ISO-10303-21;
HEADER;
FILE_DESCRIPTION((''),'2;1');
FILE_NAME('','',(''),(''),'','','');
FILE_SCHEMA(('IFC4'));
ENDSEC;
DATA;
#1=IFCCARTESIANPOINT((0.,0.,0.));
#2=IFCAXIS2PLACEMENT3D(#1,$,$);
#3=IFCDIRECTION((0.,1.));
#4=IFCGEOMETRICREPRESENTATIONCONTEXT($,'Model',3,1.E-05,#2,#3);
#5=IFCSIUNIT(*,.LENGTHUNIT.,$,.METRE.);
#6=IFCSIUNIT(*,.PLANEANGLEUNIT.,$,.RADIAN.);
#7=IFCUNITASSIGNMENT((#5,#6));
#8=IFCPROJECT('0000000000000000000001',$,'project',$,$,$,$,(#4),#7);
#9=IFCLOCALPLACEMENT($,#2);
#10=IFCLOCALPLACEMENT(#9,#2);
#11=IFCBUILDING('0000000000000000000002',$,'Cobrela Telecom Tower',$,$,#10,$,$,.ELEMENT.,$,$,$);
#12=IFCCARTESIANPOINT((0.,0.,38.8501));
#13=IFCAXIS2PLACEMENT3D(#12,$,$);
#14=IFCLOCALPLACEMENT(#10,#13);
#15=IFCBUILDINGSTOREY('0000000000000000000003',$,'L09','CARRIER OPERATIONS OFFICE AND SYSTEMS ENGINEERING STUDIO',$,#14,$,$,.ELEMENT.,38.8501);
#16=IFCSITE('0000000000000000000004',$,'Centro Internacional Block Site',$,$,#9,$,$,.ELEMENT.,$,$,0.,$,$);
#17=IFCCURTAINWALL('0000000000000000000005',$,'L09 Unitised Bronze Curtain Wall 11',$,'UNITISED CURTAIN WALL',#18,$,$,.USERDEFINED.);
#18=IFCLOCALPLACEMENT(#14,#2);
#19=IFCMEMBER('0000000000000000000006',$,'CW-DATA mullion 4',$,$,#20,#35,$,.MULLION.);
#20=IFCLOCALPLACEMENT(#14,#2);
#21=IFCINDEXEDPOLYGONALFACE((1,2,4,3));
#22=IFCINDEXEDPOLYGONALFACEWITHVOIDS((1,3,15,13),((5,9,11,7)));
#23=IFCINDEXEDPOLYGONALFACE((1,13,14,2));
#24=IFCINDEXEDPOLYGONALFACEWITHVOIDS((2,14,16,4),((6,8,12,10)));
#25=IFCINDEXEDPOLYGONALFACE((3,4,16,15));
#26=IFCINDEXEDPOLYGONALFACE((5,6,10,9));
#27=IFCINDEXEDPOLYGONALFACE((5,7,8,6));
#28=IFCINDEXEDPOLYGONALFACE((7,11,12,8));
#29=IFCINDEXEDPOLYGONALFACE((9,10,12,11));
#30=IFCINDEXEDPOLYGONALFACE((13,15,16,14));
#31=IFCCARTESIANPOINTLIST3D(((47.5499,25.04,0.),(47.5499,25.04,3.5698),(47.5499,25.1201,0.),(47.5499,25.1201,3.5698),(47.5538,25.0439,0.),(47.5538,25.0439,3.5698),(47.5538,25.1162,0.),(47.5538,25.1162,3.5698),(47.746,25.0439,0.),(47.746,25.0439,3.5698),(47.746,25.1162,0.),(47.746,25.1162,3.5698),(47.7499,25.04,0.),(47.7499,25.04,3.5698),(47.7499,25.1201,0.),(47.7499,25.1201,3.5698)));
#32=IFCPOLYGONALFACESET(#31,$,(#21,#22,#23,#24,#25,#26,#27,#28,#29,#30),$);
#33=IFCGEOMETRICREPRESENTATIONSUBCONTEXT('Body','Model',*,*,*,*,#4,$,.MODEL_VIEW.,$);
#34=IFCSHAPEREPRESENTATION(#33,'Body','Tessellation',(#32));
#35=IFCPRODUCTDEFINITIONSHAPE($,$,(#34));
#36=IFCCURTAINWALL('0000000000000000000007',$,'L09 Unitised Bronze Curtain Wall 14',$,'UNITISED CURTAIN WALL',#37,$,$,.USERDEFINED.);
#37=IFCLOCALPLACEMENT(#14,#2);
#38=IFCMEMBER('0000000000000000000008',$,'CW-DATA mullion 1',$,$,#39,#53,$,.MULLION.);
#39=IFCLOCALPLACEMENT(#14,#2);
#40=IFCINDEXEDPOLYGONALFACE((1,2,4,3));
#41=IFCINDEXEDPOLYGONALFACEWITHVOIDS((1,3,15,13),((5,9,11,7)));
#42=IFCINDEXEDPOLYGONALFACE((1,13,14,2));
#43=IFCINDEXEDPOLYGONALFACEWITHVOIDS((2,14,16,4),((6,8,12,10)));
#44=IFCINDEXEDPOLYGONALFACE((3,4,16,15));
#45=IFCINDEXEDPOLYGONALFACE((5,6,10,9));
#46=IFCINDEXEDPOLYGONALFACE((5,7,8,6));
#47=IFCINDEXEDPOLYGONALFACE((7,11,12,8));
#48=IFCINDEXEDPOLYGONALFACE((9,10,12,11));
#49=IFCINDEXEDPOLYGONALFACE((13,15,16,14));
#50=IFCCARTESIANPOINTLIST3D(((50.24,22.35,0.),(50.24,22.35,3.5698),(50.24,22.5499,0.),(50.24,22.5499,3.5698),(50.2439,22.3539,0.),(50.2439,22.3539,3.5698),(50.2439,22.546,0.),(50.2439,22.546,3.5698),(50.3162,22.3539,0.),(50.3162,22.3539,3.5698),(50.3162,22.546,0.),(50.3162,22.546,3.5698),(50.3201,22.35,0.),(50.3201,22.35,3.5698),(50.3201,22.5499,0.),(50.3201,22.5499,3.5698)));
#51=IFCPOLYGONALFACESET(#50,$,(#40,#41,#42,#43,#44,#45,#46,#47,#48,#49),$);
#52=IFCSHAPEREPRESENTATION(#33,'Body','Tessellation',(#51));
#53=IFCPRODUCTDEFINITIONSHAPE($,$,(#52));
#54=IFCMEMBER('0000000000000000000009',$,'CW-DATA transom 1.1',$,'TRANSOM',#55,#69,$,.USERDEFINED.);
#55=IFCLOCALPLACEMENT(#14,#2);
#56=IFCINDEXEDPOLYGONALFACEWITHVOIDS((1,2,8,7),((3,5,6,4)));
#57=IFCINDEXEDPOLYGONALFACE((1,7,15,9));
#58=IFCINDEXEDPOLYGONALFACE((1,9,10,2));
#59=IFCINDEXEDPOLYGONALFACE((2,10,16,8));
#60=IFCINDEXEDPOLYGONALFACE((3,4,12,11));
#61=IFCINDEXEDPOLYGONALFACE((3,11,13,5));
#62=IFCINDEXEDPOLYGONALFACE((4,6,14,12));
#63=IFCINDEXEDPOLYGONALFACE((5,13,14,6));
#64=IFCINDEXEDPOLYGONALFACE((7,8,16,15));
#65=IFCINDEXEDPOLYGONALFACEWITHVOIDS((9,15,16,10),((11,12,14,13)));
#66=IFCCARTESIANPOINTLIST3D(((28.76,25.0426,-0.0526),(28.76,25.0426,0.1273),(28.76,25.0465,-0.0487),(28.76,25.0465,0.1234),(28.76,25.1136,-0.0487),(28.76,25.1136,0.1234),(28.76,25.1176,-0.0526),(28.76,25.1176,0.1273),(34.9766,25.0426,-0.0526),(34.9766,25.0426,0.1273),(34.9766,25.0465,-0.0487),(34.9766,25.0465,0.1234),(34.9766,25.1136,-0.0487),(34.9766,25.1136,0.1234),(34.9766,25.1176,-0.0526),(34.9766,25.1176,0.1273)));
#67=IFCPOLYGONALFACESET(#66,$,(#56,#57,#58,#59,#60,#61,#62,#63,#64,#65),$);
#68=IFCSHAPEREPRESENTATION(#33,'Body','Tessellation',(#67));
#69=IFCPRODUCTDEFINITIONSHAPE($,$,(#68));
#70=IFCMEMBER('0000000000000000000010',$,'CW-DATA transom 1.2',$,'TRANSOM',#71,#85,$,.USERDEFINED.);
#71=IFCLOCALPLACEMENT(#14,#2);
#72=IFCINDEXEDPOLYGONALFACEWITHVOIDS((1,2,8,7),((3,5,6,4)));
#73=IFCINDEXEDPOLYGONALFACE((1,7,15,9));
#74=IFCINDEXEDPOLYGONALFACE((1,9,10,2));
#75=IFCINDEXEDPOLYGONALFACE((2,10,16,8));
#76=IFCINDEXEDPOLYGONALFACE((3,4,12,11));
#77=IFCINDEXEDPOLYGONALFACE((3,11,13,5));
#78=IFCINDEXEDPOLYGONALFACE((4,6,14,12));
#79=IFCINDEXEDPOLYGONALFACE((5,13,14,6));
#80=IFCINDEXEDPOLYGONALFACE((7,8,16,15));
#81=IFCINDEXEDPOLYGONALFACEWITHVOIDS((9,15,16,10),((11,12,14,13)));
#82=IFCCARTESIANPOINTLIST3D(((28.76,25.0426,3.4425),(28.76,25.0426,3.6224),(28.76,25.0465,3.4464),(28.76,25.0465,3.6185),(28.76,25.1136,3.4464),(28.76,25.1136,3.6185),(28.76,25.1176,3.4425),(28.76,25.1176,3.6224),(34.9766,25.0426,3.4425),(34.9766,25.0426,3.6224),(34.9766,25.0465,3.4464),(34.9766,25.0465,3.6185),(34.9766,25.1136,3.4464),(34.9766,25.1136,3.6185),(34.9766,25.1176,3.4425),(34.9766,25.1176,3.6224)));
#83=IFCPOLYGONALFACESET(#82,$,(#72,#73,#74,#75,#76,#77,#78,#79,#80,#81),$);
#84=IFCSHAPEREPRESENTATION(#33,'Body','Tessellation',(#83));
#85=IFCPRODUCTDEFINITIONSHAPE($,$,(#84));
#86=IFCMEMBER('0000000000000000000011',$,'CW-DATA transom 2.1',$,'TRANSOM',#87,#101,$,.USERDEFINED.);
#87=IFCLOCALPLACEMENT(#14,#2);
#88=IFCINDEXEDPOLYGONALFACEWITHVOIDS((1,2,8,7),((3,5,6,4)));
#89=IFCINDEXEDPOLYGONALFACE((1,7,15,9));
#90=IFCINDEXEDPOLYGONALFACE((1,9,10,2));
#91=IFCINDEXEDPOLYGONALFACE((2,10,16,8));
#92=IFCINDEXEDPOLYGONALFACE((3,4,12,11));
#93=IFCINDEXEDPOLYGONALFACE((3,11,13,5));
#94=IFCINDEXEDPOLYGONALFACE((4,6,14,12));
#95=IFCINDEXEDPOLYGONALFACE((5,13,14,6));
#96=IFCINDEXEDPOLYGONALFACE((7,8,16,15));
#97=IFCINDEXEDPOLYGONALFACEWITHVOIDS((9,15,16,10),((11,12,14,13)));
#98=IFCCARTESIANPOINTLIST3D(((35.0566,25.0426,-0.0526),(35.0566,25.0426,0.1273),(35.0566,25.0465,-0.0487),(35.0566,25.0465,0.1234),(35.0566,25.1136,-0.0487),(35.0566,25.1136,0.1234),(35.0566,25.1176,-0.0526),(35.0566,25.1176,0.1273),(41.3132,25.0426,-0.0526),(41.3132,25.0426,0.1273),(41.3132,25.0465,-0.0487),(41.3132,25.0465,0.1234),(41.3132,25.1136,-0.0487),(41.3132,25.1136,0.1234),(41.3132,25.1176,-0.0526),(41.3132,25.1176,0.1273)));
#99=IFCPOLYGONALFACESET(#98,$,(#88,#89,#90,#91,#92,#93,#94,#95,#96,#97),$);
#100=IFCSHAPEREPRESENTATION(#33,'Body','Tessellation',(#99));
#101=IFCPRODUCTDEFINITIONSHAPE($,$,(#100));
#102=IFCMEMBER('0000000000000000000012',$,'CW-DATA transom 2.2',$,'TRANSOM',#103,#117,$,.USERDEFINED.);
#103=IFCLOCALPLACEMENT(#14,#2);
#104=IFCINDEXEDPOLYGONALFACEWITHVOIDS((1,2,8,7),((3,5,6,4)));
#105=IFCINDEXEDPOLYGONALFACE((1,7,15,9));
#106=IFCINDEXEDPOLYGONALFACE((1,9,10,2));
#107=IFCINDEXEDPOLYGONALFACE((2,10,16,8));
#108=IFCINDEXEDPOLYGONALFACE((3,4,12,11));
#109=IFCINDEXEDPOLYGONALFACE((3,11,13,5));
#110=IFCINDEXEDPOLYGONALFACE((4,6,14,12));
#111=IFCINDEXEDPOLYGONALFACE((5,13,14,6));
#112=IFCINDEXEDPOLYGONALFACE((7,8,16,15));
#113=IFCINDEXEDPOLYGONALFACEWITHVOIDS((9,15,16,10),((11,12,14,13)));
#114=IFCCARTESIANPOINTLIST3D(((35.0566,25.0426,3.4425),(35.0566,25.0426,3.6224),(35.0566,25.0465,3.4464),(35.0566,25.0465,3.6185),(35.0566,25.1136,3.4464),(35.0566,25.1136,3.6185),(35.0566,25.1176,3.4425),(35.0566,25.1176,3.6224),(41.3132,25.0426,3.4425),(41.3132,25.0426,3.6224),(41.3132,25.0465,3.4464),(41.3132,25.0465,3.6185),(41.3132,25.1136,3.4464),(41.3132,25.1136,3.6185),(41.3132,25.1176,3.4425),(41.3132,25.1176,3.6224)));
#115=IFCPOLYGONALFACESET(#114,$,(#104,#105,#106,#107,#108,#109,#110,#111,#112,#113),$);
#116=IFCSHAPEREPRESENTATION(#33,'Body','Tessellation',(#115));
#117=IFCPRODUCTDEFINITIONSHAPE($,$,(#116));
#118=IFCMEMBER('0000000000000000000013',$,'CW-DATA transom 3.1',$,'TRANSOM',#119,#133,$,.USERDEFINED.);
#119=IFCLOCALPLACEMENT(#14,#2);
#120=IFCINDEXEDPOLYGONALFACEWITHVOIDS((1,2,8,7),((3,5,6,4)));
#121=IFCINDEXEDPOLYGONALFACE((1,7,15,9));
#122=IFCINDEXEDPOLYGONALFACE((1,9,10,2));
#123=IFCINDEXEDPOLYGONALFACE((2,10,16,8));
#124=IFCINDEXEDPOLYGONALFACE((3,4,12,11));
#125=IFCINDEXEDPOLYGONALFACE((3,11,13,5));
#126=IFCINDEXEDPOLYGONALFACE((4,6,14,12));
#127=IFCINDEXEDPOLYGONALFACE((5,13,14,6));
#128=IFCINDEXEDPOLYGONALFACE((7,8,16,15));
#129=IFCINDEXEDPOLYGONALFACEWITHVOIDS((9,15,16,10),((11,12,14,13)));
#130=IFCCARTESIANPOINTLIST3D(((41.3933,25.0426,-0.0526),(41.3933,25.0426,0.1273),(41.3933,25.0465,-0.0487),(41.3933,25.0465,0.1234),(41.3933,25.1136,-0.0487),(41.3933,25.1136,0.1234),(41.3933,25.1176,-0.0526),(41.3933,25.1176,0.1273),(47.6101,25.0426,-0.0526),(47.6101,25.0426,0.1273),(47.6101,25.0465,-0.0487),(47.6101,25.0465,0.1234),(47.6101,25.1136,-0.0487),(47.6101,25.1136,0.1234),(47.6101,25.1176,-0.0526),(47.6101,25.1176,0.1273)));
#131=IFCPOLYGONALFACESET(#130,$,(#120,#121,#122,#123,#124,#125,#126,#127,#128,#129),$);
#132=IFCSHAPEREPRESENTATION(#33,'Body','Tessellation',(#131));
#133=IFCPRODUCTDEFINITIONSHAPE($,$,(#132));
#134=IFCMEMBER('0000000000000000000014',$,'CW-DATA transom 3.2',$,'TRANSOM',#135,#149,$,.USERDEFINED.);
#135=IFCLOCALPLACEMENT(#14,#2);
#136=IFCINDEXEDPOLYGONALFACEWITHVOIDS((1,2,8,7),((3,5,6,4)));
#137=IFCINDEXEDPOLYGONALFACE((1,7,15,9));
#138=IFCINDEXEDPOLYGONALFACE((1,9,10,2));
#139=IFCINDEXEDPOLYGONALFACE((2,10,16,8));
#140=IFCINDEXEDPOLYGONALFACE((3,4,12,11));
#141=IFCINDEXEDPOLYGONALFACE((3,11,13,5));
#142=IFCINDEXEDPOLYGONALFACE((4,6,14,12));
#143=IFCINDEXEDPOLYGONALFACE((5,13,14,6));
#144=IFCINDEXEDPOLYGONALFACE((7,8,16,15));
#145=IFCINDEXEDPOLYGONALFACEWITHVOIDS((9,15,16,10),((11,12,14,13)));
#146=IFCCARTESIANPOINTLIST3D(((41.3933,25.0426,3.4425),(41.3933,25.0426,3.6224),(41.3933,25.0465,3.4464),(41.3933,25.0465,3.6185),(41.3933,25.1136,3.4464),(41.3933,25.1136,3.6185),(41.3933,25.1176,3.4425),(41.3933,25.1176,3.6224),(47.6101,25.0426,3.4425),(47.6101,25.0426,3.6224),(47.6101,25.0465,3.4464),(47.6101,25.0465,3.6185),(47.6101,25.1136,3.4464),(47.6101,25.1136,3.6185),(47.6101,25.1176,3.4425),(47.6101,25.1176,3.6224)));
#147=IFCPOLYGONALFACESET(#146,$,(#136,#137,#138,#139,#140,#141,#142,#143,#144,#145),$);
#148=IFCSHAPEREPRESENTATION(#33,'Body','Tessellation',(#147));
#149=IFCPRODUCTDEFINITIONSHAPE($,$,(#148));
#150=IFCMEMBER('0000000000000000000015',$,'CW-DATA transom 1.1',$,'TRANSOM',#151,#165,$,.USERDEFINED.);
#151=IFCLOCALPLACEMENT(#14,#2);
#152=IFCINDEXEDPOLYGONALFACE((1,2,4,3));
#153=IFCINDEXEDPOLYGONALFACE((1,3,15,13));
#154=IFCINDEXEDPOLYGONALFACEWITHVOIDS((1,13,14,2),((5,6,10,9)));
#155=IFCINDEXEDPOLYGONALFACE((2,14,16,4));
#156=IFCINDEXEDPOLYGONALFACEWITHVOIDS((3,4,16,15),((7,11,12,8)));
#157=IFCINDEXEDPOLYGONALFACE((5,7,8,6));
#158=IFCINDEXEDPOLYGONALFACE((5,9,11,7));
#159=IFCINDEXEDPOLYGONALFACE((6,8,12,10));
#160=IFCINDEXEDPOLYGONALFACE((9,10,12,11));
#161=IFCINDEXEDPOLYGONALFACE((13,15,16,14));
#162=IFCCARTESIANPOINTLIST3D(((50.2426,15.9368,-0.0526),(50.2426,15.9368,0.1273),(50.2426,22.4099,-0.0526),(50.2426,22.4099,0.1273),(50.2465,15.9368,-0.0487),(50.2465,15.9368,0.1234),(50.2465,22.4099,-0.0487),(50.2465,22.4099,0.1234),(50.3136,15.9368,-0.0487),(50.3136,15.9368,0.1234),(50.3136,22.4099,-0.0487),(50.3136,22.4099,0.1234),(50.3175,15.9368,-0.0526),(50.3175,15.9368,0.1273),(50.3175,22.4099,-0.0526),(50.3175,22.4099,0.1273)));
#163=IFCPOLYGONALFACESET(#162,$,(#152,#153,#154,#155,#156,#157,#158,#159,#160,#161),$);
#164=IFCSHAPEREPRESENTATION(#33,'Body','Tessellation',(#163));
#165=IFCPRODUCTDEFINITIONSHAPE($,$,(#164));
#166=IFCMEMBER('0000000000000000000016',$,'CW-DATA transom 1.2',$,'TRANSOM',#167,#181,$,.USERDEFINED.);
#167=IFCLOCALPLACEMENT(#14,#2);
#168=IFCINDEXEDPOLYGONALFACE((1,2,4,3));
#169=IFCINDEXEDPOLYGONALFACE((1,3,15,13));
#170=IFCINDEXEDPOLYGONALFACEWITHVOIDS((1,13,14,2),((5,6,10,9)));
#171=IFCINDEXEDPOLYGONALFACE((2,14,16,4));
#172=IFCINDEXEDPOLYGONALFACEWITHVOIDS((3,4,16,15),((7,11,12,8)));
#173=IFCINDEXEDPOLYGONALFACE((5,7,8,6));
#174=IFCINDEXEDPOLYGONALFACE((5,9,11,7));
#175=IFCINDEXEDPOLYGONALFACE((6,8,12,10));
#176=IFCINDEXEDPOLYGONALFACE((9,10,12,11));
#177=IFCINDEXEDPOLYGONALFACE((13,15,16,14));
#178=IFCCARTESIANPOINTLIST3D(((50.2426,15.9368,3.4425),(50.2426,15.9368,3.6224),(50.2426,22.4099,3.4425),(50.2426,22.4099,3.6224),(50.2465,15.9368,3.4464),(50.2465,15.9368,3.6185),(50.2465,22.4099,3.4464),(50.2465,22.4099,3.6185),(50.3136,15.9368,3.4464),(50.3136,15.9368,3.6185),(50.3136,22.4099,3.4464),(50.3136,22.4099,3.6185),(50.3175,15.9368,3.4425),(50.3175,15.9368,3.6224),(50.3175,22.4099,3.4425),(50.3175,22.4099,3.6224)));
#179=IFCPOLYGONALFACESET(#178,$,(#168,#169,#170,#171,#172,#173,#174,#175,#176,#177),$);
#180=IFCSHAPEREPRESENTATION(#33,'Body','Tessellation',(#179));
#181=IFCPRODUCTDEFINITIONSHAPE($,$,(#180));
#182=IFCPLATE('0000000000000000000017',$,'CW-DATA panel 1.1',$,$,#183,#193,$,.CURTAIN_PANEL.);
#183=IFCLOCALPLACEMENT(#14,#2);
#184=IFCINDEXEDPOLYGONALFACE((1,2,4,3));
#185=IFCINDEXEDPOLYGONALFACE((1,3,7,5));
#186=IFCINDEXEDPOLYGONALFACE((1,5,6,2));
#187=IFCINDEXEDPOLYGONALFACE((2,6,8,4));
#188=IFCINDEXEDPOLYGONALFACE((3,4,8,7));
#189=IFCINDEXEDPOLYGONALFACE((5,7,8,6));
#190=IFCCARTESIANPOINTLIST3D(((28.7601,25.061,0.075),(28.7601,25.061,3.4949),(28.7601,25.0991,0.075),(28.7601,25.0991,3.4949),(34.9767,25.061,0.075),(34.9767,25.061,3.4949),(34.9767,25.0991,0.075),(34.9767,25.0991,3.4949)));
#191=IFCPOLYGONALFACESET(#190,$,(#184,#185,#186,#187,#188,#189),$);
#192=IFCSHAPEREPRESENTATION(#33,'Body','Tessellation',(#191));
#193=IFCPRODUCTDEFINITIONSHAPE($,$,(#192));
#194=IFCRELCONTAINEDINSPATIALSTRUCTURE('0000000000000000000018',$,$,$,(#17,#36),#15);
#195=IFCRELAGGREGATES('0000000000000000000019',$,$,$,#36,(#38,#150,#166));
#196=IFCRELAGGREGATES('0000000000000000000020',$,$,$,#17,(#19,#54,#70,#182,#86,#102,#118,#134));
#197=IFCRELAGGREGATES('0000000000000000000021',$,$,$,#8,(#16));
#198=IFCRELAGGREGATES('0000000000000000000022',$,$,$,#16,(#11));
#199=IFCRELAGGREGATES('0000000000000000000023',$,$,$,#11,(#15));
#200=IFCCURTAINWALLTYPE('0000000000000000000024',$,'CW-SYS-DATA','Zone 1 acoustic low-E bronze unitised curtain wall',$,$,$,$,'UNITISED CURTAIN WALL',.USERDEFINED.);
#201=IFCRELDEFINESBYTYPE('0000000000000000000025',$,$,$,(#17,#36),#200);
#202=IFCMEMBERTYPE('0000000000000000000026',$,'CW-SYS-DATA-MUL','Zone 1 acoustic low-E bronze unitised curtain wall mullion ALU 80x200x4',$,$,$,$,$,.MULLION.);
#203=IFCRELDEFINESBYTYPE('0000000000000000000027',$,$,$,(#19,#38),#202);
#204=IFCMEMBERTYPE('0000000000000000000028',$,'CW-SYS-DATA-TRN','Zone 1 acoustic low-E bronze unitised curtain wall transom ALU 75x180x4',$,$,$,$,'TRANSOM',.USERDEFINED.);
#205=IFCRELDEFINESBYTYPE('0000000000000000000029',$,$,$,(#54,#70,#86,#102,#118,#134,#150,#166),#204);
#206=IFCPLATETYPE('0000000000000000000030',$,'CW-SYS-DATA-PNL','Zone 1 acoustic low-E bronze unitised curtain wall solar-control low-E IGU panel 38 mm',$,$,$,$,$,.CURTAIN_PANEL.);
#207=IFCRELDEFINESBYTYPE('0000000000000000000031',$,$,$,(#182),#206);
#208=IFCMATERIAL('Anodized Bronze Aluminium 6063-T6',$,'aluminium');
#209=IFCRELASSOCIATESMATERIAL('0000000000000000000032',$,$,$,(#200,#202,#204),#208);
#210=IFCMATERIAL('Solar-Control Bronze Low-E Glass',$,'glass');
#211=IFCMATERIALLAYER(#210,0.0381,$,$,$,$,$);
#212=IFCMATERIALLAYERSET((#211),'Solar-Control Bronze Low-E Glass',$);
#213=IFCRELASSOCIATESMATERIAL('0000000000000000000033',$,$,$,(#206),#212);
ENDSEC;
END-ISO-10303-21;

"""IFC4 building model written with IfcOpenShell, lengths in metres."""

from ifc_helpers import new_model, si_unit, direction, frame, origin, origin_2d, place, context, subcontext, project, spatial, rectangle, hollow_rectangle, extrude, material, layer, layer_set, material_profile, profile_set, type_object, element, aggregate, save


model = new_model("IFC4")

# Units and contexts
model_context = context("Model", 3, precision=1e-05, world=origin(), true_north=direction((0.0, 1.0)))
body_context = subcontext(model_context, "Body", "Model", "MODEL_VIEW")
ifc_project = project(units=[si_unit("LENGTHUNIT", "METRE"), si_unit("PLANEANGLEUNIT", "RADIAN")], contexts=[model_context])

# Site, building, storey
site_placement = place(None, origin())
site = spatial("IfcSite", under=ifc_project, at=site_placement, Name="Centro Internacional Block Site", CompositionType="ELEMENT", RefElevation=0.0)
building_placement = place(site_placement, origin())
building = spatial("IfcBuilding", under=site, at=building_placement, Name="Cobrela Telecom Tower", CompositionType="ELEMENT")
storey_placement = place(building_placement, frame((0.0, 0.0, 38.8501)))
storey = spatial("IfcBuildingStorey", under=building, at=storey_placement, Name="L09", Description="CARRIER OPERATIONS OFFICE AND SYSTEMS ENGINEERING STUDIO", CompositionType="ELEMENT", Elevation=38.8501)

# Shared definitions
ifc_material_1 = material(Name="Anodized Bronze Aluminium 6063-T6", Category="aluminium")
curtain_wall_type = type_object("IfcCurtainWallType", Name="CW-SYS-DATA", Description="Zone 1 acoustic low-E bronze unitised curtain wall", ElementType="UNITISED CURTAIN WALL", PredefinedType="USERDEFINED", material=ifc_material_1)
ifc_material_profile_1 = material_profile(ifc_material_1, hollow_rectangle(XDim=0.0801, YDim=0.2, WallThickness=0.0039, at=origin_2d()), Name="ALU 80x200x4")
ifc_profile_set_1 = profile_set([ifc_material_profile_1], Name="Anodized Bronze Aluminium 6063-T6")
member_type_1 = type_object("IfcMemberType", Name="CW-SYS-DATA-MUL", Description="Zone 1 acoustic low-E bronze unitised curtain wall mullion ALU 80x200x4", PredefinedType="MULLION", material=ifc_profile_set_1)

# Curtain wall, member
curtain_wall_1_placement = place(storey_placement, origin())
curtain_wall_1 = element("IfcCurtainWall", 1, at=curtain_wall_1_placement, inside=storey, type_object=curtain_wall_type, Name="L09 Unitised Bronze Curtain Wall 11", ObjectType="UNITISED CURTAIN WALL", PredefinedType="USERDEFINED")
member_1_placement = place(storey_placement, frame((47.6499, 25.0801, 0.0), z_axis=(0.0, 0.0, 1.0), x_axis=(0.0, 1.0, 0.0)))
member_1 = element("IfcMember", 2, at=member_1_placement, type_object=member_type_1, Name="CW-DATA mullion 4", PredefinedType="MULLION", context=body_context, shape_type="SweptSolid", body=[
    extrude(hollow_rectangle(XDim=0.0801, YDim=0.2, WallThickness=0.0039, at=origin_2d()), origin(), (0.0, 0.0, 1.0), 3.5698),
])

# Curtain wall, member
curtain_wall_2_placement = place(storey_placement, origin())
curtain_wall_2 = element("IfcCurtainWall", 3, at=curtain_wall_2_placement, inside=storey, type_object=curtain_wall_type, Name="L09 Unitised Bronze Curtain Wall 14", ObjectType="UNITISED CURTAIN WALL", PredefinedType="USERDEFINED")
member_2_placement = place(storey_placement, frame((50.28, 22.45, 0.0), z_axis=(0.0, 0.0, 1.0), x_axis=(1.0, 0.0, 0.0)))
member_2 = element("IfcMember", 4, at=member_2_placement, type_object=member_type_1, Name="CW-DATA mullion 1", PredefinedType="MULLION", context=body_context, shape_type="SweptSolid", body=[
    extrude(hollow_rectangle(XDim=0.0801, YDim=0.2, WallThickness=0.0039, at=origin_2d()), origin(), (0.0, 0.0, 1.0), 3.5698),
])

# Members
ifc_material_profile_2 = material_profile(ifc_material_1, hollow_rectangle(XDim=0.075, YDim=0.1799, WallThickness=0.0039, at=origin_2d()), Name="ALU 75x180x4")
ifc_profile_set_2 = profile_set([ifc_material_profile_2], Name="Anodized Bronze Aluminium 6063-T6")
member_type_2 = type_object("IfcMemberType", Name="CW-SYS-DATA-TRN", Description="Zone 1 acoustic low-E bronze unitised curtain wall transom ALU 75x180x4", ElementType="TRANSOM", PredefinedType="USERDEFINED", material=ifc_profile_set_2)
member_3_placement = place(storey_placement, frame((28.76, 25.0801, 0.0374), z_axis=(1.0, 0.0, 0.0), x_axis=(0.0, 1.0, 0.0)))
member_3 = element("IfcMember", 5, at=member_3_placement, type_object=member_type_2, Name="CW-DATA transom 1.1", ObjectType="TRANSOM", PredefinedType="USERDEFINED", context=body_context, shape_type="SweptSolid", body=[
    extrude(hollow_rectangle(XDim=0.075, YDim=0.1799, WallThickness=0.0039, at=origin_2d()), origin(), (0.0, 0.0, 1.0), 6.2166),
])
member_4_placement = place(storey_placement, frame((28.76, 25.0801, 3.5325), z_axis=(1.0, 0.0, 0.0), x_axis=(0.0, 1.0, 0.0)))
member_4 = element("IfcMember", 6, at=member_4_placement, type_object=member_type_2, Name="CW-DATA transom 1.2", ObjectType="TRANSOM", PredefinedType="USERDEFINED", context=body_context, shape_type="SweptSolid", body=[
    extrude(hollow_rectangle(XDim=0.075, YDim=0.1799, WallThickness=0.0039, at=origin_2d()), origin(), (0.0, 0.0, 1.0), 6.2166),
])
member_5_placement = place(storey_placement, frame((35.0566, 25.0801, 0.0374), z_axis=(1.0, 0.0, 0.0), x_axis=(0.0, 1.0, 0.0)))
member_5 = element("IfcMember", 7, at=member_5_placement, type_object=member_type_2, Name="CW-DATA transom 2.1", ObjectType="TRANSOM", PredefinedType="USERDEFINED", context=body_context, shape_type="SweptSolid", body=[
    extrude(hollow_rectangle(XDim=0.075, YDim=0.1799, WallThickness=0.0039, at=origin_2d()), origin(), (0.0, 0.0, 1.0), 6.2566),
])
member_6_placement = place(storey_placement, frame((35.0566, 25.0801, 3.5325), z_axis=(1.0, 0.0, 0.0), x_axis=(0.0, 1.0, 0.0)))
member_6 = element("IfcMember", 8, at=member_6_placement, type_object=member_type_2, Name="CW-DATA transom 2.2", ObjectType="TRANSOM", PredefinedType="USERDEFINED", context=body_context, shape_type="SweptSolid", body=[
    extrude(hollow_rectangle(XDim=0.075, YDim=0.1799, WallThickness=0.0039, at=origin_2d()), origin(), (0.0, 0.0, 1.0), 6.2566),
])
member_7_placement = place(storey_placement, frame((41.3933, 25.0801, 0.0374), z_axis=(1.0, 0.0, 0.0), x_axis=(0.0, 1.0, 0.0)))
member_7 = element("IfcMember", 9, at=member_7_placement, type_object=member_type_2, Name="CW-DATA transom 3.1", ObjectType="TRANSOM", PredefinedType="USERDEFINED", context=body_context, shape_type="SweptSolid", body=[
    extrude(hollow_rectangle(XDim=0.075, YDim=0.1799, WallThickness=0.0039, at=origin_2d()), origin(), (0.0, 0.0, 1.0), 6.2168),
])
member_8_placement = place(storey_placement, frame((41.3933, 25.0801, 3.5325), z_axis=(1.0, 0.0, 0.0), x_axis=(0.0, 1.0, 0.0)))
member_8 = element("IfcMember", 10, at=member_8_placement, type_object=member_type_2, Name="CW-DATA transom 3.2", ObjectType="TRANSOM", PredefinedType="USERDEFINED", context=body_context, shape_type="SweptSolid", body=[
    extrude(hollow_rectangle(XDim=0.075, YDim=0.1799, WallThickness=0.0039, at=origin_2d()), origin(), (0.0, 0.0, 1.0), 6.2168),
])
member_9_placement = place(storey_placement, frame((50.28, 22.4099, 0.0374), z_axis=(0.0, -1.0, 0.0), x_axis=(1.0, 0.0, 0.0)))
member_9 = element("IfcMember", 11, at=member_9_placement, type_object=member_type_2, Name="CW-DATA transom 1.1", ObjectType="TRANSOM", PredefinedType="USERDEFINED", context=body_context, shape_type="SweptSolid", body=[
    extrude(hollow_rectangle(XDim=0.075, YDim=0.1799, WallThickness=0.0039, at=origin_2d()), origin(), (0.0, 0.0, 1.0), 6.4731),
])
member_10_placement = place(storey_placement, frame((50.28, 22.4099, 3.5325), z_axis=(0.0, -1.0, 0.0), x_axis=(1.0, 0.0, 0.0)))
member_10 = element("IfcMember", 12, at=member_10_placement, type_object=member_type_2, Name="CW-DATA transom 1.2", ObjectType="TRANSOM", PredefinedType="USERDEFINED", context=body_context, shape_type="SweptSolid", body=[
    extrude(hollow_rectangle(XDim=0.075, YDim=0.1799, WallThickness=0.0039, at=origin_2d()), origin(), (0.0, 0.0, 1.0), 6.4731),
])
aggregate(curtain_wall_2, [member_2, member_9, member_10])

# Plate
ifc_material_2 = material(Name="Solar-Control Bronze Low-E Glass", Category="glass")
ifc_layer_1 = layer(ifc_material_2, 0.0381)
ifc_layer_set_1 = layer_set([ifc_layer_1], Name="Solar-Control Bronze Low-E Glass")
plate_type = type_object("IfcPlateType", Name="CW-SYS-DATA-PNL", Description="Zone 1 acoustic low-E bronze unitised curtain wall solar-control low-E IGU panel 38 mm", PredefinedType="CURTAIN_PANEL", material=ifc_layer_set_1)
plate_1_placement = place(storey_placement, frame((31.8684, 25.0801, 0.075), z_axis=(0.0, 0.0, 1.0), x_axis=(1.0, 0.0, 0.0)))
plate_1 = element("IfcPlate", 13, at=plate_1_placement, type_object=plate_type, Name="CW-DATA panel 1.1", PredefinedType="CURTAIN_PANEL", context=body_context, shape_type="SweptSolid", body=[
    extrude(rectangle(XDim=6.2166, YDim=0.0381, at=origin_2d()), origin(), (0.0, 0.0, 1.0), 3.4199),
])
aggregate(curtain_wall_1, [member_1, member_3, member_4, plate_1, member_5, member_6, member_7, member_8])

save(model, "model.ifc")
